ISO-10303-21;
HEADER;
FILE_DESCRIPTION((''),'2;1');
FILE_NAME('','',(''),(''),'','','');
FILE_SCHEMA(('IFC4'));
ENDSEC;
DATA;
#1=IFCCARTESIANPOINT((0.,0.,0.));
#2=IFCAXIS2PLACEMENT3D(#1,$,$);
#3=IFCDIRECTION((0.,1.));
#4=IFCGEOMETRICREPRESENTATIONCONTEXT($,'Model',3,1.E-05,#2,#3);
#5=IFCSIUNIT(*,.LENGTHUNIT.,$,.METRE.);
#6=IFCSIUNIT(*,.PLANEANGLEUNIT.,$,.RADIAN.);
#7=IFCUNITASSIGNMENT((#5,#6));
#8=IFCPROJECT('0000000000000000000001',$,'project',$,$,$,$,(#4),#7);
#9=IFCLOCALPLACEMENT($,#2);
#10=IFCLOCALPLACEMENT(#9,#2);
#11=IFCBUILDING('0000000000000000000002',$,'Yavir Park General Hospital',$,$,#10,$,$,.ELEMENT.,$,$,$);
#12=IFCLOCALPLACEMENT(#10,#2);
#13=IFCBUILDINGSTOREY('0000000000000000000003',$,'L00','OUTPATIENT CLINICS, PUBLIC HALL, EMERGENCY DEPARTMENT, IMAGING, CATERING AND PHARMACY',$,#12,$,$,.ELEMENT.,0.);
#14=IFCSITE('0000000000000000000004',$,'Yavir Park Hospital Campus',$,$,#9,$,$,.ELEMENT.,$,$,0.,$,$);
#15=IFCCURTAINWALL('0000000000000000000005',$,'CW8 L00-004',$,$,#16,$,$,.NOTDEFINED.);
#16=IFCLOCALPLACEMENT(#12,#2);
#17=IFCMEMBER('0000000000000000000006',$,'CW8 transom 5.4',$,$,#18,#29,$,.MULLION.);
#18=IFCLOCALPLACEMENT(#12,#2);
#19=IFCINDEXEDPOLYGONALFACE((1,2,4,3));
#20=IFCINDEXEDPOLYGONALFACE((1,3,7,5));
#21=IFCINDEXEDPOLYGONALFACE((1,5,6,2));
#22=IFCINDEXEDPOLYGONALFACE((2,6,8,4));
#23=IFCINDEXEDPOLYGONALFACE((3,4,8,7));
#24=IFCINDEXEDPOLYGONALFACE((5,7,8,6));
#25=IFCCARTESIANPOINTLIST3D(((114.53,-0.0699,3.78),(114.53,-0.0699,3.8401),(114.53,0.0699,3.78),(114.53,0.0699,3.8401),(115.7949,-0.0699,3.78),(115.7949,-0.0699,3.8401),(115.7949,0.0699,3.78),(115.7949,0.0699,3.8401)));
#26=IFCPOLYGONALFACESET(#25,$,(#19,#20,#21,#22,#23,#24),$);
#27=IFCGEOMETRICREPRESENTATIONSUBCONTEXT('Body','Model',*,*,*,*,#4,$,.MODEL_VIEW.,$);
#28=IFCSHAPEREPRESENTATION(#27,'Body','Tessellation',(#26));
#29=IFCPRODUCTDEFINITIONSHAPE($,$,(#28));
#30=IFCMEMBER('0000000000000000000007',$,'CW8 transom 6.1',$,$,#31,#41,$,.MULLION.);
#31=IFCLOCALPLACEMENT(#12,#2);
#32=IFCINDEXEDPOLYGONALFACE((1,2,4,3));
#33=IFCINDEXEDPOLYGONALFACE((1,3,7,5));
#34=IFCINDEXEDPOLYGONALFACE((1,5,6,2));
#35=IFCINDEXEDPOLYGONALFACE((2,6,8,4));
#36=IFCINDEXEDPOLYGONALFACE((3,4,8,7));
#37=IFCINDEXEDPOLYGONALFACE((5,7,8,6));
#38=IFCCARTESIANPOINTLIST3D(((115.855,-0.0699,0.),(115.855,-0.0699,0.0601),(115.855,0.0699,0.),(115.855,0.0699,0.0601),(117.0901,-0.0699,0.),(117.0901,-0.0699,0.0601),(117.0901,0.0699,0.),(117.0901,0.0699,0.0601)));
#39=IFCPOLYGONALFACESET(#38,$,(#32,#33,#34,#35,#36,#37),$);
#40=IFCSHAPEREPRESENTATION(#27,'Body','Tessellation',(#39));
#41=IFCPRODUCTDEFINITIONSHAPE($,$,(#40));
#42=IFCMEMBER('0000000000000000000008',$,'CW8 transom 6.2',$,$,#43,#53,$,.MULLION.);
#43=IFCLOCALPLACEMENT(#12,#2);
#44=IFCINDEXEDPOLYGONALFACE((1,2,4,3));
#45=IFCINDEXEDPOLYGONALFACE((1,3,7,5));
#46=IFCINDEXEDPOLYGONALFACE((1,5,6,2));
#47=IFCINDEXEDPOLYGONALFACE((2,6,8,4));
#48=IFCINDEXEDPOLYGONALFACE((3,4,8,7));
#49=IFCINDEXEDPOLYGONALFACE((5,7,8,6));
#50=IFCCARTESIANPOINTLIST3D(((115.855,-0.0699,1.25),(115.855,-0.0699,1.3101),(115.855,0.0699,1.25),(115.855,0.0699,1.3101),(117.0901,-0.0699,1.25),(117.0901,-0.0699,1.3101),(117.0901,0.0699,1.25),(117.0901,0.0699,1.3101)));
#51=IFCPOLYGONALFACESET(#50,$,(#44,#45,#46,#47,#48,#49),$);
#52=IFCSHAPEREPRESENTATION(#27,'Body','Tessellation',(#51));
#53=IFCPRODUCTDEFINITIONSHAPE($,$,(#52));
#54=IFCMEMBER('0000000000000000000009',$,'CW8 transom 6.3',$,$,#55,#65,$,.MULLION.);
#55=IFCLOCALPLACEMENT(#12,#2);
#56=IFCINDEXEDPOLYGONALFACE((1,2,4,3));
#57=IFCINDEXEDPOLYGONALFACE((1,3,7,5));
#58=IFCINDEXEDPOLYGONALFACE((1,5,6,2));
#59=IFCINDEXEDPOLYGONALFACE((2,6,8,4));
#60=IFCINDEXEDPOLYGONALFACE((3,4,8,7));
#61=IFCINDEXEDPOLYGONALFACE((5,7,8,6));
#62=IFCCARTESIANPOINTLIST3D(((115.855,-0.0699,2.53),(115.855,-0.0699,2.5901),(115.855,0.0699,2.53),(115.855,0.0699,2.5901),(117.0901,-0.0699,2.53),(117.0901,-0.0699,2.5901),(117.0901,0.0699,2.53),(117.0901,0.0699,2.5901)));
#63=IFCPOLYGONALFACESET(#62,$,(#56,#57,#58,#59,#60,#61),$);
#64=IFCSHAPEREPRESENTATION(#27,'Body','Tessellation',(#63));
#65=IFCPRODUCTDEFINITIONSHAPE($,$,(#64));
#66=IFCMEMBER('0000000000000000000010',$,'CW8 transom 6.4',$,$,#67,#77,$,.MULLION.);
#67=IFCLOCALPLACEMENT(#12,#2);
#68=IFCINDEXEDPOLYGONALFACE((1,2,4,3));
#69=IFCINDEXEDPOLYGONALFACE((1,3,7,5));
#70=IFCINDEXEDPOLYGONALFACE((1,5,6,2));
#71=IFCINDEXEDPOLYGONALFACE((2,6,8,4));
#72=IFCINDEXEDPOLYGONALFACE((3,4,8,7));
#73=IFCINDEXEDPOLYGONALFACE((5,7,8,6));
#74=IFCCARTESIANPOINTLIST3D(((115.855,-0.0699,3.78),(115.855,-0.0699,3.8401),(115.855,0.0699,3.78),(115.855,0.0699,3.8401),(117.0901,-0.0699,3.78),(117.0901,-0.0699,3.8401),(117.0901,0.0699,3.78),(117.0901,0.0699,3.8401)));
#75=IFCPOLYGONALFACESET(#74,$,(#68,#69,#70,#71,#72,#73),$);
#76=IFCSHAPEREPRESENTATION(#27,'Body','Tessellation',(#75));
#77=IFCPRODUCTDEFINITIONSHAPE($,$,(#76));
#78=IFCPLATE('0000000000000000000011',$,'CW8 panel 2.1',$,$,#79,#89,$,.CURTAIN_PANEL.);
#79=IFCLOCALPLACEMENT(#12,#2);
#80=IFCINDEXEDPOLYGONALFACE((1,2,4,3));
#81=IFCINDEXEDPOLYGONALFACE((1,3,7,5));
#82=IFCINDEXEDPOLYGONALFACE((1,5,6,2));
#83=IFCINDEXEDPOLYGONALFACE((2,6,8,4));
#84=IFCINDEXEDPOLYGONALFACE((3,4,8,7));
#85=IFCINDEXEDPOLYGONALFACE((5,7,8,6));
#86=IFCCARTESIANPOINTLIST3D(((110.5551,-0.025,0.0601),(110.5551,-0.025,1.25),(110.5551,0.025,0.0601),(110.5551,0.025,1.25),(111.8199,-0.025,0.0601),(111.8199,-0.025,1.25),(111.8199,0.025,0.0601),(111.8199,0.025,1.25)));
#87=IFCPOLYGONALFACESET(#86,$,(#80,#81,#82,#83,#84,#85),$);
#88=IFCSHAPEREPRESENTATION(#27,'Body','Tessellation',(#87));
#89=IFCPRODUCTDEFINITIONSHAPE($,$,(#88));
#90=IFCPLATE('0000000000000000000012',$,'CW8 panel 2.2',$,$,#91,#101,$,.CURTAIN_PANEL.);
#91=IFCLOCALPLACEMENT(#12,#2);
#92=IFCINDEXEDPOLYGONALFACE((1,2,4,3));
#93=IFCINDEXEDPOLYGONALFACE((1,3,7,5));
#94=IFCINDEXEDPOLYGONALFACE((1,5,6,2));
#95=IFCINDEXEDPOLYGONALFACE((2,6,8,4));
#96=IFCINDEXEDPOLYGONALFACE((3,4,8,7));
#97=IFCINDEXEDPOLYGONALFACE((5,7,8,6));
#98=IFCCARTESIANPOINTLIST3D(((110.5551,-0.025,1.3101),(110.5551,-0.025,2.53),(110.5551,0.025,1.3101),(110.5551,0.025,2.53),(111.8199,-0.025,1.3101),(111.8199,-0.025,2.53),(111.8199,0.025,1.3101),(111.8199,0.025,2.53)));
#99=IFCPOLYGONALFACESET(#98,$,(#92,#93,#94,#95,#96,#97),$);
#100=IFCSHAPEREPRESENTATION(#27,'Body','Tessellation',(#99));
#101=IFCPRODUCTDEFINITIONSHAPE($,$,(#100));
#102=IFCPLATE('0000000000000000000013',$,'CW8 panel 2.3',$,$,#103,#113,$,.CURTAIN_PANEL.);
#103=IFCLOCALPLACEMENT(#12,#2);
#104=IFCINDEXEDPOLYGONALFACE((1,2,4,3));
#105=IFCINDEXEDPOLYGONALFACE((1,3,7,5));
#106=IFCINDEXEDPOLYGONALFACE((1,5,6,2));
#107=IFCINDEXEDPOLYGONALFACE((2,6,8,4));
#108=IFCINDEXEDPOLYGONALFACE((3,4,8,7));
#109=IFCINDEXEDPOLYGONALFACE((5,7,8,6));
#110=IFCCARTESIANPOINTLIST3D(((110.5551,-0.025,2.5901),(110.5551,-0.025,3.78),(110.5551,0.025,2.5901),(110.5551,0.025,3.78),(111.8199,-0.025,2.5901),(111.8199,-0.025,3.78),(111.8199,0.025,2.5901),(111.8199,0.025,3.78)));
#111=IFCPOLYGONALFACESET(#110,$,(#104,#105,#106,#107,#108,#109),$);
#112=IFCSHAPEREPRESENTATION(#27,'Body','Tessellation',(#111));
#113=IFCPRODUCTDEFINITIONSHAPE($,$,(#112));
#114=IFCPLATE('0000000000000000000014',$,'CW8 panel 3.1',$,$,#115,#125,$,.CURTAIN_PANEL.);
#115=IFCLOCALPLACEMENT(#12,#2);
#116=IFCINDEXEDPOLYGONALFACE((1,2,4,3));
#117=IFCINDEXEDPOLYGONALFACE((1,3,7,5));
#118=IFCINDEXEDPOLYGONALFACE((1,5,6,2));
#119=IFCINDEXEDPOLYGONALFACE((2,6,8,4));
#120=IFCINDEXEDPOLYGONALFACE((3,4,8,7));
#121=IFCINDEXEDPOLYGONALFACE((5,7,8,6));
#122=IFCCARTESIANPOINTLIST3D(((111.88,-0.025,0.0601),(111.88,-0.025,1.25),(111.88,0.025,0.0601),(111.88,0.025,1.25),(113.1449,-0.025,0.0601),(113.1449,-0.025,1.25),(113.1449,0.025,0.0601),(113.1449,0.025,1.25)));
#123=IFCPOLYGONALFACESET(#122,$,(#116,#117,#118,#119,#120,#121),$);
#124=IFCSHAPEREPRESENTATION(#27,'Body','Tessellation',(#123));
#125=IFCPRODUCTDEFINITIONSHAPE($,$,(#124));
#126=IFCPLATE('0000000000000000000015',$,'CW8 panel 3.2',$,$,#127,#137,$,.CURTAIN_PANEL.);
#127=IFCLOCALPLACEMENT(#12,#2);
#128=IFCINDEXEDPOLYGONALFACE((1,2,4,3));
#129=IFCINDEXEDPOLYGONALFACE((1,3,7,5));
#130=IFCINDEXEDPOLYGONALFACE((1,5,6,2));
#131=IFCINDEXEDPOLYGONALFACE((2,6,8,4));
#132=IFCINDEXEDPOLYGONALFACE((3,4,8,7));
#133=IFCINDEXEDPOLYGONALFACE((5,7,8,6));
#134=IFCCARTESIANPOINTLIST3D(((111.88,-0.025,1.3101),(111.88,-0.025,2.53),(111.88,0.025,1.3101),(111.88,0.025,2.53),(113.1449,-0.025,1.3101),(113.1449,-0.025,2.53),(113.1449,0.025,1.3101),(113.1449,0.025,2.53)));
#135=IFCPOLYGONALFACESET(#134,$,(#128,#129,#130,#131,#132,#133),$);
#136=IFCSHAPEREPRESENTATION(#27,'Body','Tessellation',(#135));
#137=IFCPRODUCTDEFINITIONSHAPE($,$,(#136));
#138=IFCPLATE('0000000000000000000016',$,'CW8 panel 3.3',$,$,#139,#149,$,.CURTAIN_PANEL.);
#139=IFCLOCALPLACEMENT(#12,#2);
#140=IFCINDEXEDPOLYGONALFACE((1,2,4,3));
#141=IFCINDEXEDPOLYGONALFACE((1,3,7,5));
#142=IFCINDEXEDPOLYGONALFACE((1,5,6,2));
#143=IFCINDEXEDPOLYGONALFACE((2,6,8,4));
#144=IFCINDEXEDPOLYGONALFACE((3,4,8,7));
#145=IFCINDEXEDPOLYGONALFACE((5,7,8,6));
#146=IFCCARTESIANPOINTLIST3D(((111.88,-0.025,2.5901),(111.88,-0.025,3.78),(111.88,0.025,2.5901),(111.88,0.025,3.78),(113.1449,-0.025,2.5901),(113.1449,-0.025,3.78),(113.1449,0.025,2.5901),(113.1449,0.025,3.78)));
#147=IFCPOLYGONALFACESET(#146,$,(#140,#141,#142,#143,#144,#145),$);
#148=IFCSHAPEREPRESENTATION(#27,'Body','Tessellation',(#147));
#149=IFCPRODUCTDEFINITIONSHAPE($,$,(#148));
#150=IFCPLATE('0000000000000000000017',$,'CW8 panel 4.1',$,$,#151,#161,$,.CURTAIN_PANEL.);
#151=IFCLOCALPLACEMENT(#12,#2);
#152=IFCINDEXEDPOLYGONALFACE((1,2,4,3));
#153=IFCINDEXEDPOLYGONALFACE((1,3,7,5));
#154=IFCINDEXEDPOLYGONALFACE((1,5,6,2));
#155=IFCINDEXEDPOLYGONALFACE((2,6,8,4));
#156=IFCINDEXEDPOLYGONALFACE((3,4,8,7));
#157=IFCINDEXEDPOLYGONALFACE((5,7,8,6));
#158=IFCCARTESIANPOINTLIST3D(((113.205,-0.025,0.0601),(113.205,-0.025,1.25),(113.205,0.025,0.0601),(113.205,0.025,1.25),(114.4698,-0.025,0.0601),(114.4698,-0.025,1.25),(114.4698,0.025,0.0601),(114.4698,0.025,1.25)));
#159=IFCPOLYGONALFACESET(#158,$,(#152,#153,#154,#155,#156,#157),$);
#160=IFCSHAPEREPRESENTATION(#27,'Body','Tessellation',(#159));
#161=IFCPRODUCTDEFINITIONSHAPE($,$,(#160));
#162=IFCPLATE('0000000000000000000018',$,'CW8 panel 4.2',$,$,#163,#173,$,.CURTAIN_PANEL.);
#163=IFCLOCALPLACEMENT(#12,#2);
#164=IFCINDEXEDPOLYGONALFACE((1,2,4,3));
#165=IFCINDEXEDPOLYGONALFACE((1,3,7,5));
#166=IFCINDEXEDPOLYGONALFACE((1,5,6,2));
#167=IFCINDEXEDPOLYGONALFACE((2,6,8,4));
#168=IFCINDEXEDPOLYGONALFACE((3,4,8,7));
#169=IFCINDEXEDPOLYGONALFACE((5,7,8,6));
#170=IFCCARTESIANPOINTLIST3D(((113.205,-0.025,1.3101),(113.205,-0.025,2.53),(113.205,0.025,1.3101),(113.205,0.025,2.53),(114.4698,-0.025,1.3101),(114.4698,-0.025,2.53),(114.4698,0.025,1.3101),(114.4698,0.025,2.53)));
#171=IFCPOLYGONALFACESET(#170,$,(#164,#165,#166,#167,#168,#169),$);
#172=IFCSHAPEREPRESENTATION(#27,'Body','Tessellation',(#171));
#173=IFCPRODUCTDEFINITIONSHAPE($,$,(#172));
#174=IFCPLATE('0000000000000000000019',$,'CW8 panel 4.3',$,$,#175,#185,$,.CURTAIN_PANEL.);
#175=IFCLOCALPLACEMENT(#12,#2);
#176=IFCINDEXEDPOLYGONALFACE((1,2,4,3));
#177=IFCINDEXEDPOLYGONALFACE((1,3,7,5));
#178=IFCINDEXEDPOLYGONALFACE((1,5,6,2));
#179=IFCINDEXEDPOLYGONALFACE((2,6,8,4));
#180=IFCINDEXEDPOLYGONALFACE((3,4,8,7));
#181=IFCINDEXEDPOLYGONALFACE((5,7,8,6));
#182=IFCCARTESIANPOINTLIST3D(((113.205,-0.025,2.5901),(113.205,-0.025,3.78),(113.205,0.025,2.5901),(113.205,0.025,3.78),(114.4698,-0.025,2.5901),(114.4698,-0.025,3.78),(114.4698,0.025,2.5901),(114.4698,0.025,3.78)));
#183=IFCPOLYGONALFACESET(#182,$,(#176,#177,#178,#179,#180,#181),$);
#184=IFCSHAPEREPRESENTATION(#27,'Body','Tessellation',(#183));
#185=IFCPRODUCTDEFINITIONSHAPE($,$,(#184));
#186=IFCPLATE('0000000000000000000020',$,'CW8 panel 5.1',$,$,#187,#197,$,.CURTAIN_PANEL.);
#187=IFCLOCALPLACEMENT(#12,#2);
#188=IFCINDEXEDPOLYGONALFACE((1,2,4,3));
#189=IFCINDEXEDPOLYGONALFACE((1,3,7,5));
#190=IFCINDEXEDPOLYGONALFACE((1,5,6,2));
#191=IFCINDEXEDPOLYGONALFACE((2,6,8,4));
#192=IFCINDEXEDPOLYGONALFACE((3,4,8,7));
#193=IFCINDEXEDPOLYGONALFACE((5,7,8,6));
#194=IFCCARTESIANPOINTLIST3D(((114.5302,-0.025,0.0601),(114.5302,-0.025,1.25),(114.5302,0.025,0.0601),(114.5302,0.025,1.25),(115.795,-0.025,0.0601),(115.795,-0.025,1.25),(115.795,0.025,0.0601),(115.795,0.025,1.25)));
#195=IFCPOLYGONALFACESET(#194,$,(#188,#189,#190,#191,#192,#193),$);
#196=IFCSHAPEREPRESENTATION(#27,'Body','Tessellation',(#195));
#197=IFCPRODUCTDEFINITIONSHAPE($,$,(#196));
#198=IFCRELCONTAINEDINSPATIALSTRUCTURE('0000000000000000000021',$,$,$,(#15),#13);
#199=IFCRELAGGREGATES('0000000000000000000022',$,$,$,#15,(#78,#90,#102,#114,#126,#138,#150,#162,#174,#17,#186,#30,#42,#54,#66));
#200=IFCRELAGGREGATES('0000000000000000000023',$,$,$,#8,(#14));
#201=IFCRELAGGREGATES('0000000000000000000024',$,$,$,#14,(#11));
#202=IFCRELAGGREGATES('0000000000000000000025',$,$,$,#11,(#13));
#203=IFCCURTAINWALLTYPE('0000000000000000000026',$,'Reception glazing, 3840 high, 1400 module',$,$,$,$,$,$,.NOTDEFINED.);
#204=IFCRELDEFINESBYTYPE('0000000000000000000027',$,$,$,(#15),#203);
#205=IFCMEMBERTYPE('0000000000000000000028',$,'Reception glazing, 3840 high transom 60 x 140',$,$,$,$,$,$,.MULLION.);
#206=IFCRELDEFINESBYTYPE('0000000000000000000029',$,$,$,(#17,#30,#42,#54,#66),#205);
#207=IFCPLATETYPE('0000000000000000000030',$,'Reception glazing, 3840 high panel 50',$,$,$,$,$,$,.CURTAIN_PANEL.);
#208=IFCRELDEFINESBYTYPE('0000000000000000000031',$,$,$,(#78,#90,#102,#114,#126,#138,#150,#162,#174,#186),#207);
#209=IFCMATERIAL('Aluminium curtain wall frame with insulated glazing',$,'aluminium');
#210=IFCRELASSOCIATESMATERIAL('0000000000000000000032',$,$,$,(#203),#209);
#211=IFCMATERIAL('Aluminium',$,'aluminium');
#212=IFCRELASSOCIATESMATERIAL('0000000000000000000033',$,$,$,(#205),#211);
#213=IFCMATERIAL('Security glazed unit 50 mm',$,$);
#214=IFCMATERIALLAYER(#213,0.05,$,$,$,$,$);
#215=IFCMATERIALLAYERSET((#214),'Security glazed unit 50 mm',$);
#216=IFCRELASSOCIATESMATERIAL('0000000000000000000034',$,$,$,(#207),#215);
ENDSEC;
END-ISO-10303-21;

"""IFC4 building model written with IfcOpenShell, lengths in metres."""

from ifc_helpers import new_model, si_unit, direction, frame, origin, origin_2d, place, context, subcontext, project, spatial, rectangle, extrude, material, layer, layer_set, material_profile, profile_set, type_object, element, aggregate, save


model = new_model("IFC4")

# Units and contexts
model_context = context("Model", 3, precision=1e-05, world=origin(), true_north=direction((0.0, 1.0)))
body_context = subcontext(model_context, "Body", "Model", "MODEL_VIEW")
ifc_project = project(units=[si_unit("LENGTHUNIT", "METRE"), si_unit("PLANEANGLEUNIT", "RADIAN")], contexts=[model_context])

# Site, building, storey
site_placement = place(None, origin())
site = spatial("IfcSite", under=ifc_project, at=site_placement, Name="Yavir Park Hospital Campus", CompositionType="ELEMENT", RefElevation=0.0)
building_placement = place(site_placement, origin())
building = spatial("IfcBuilding", under=site, at=building_placement, Name="Yavir Park General Hospital", CompositionType="ELEMENT")
storey_placement = place(building_placement, origin())
storey = spatial("IfcBuildingStorey", under=building, at=storey_placement, Name="L00", Description="OUTPATIENT CLINICS, PUBLIC HALL, EMERGENCY DEPARTMENT, IMAGING, CATERING AND PHARMACY", CompositionType="ELEMENT", Elevation=0.0)

# Curtain wall, members, plates
ifc_material_1 = material(Name="Aluminium curtain wall frame with insulated glazing", Category="aluminium")
curtain_wall_type = type_object("IfcCurtainWallType", Name="Reception glazing, 3840 high, 1400 module", PredefinedType="NOTDEFINED", material=ifc_material_1)
curtain_wall_placement = place(storey_placement, origin())
curtain_wall = element("IfcCurtainWall", 1, at=curtain_wall_placement, inside=storey, type_object=curtain_wall_type, Name="CW8 L00-004", PredefinedType="NOTDEFINED")
ifc_material_2 = material(Name="Aluminium", Category="aluminium")
ifc_material_profile_1 = material_profile(ifc_material_2, rectangle(XDim=0.1399, YDim=0.0601, at=origin_2d()), Name="AL 140x60")
ifc_profile_set_1 = profile_set([ifc_material_profile_1], Name="Aluminium")
member_type_1 = type_object("IfcMemberType", Name="Reception glazing, 3840 high transom 60 x 140", PredefinedType="MULLION", material=ifc_profile_set_1)
member_1_placement = place(storey_placement, frame((114.53, 0.0, 3.8101), z_axis=(1.0, 0.0, 0.0), x_axis=(0.0, 1.0, 0.0)))
member_1 = element("IfcMember", 2, at=member_1_placement, type_object=member_type_1, Name="CW8 transom 5.4", PredefinedType="MULLION", context=body_context, shape_type="SweptSolid", body=[
    extrude(rectangle(XDim=0.1399, YDim=0.0601, at=origin_2d()), origin(), (0.0, 0.0, 1.0), 1.2649),
])
member_2_placement = place(storey_placement, frame((115.855, 0.0, 0.03), z_axis=(1.0, 0.0, 0.0), x_axis=(0.0, 1.0, 0.0)))
member_2 = element("IfcMember", 3, at=member_2_placement, type_object=member_type_1, Name="CW8 transom 6.1", PredefinedType="MULLION", context=body_context, shape_type="SweptSolid", body=[
    extrude(rectangle(XDim=0.1399, YDim=0.0601, at=origin_2d()), origin(), (0.0, 0.0, 1.0), 1.2351),
])
member_3_placement = place(storey_placement, frame((115.855, 0.0, 1.28), z_axis=(1.0, 0.0, 0.0), x_axis=(0.0, 1.0, 0.0)))
member_3 = element("IfcMember", 4, at=member_3_placement, type_object=member_type_1, Name="CW8 transom 6.2", PredefinedType="MULLION", context=body_context, shape_type="SweptSolid", body=[
    extrude(rectangle(XDim=0.1399, YDim=0.0601, at=origin_2d()), origin(), (0.0, 0.0, 1.0), 1.2351),
])
member_4_placement = place(storey_placement, frame((115.855, 0.0, 2.5601), z_axis=(1.0, 0.0, 0.0), x_axis=(0.0, 1.0, 0.0)))
member_4 = element("IfcMember", 5, at=member_4_placement, type_object=member_type_1, Name="CW8 transom 6.3", PredefinedType="MULLION", context=body_context, shape_type="SweptSolid", body=[
    extrude(rectangle(XDim=0.1399, YDim=0.0601, at=origin_2d()), origin(), (0.0, 0.0, 1.0), 1.2351),
])
member_5_placement = place(storey_placement, frame((115.855, 0.0, 3.8101), z_axis=(1.0, 0.0, 0.0), x_axis=(0.0, 1.0, 0.0)))
member_5 = element("IfcMember", 6, at=member_5_placement, type_object=member_type_1, Name="CW8 transom 6.4", PredefinedType="MULLION", context=body_context, shape_type="SweptSolid", body=[
    extrude(rectangle(XDim=0.1399, YDim=0.0601, at=origin_2d()), origin(), (0.0, 0.0, 1.0), 1.2351),
])
ifc_material_3 = material(Name="Security glazed unit 50 mm")
ifc_layer_1 = layer(ifc_material_3, 0.05)
ifc_layer_set_1 = layer_set([ifc_layer_1], Name="Security glazed unit 50 mm")
plate_type = type_object("IfcPlateType", Name="Reception glazing, 3840 high panel 50", PredefinedType="CURTAIN_PANEL", material=ifc_layer_set_1)
plate_1_placement = place(storey_placement, frame((111.1875, 0.0, 0.0601), z_axis=(0.0, 0.0, 1.0), x_axis=(1.0, 0.0, 0.0)))
plate_1 = element("IfcPlate", 7, at=plate_1_placement, type_object=plate_type, Name="CW8 panel 2.1", PredefinedType="CURTAIN_PANEL", context=body_context, shape_type="SweptSolid", body=[
    extrude(rectangle(XDim=1.2649, YDim=0.05, at=origin_2d()), origin(), (0.0, 0.0, 1.0), 1.1899),
])
plate_2_placement = place(storey_placement, frame((111.1875, 0.0, 1.3101), z_axis=(0.0, 0.0, 1.0), x_axis=(1.0, 0.0, 0.0)))
plate_2 = element("IfcPlate", 8, at=plate_2_placement, type_object=plate_type, Name="CW8 panel 2.2", PredefinedType="CURTAIN_PANEL", context=body_context, shape_type="SweptSolid", body=[
    extrude(rectangle(XDim=1.2649, YDim=0.05, at=origin_2d()), origin(), (0.0, 0.0, 1.0), 1.22),
])
plate_3_placement = place(storey_placement, frame((111.1875, 0.0, 2.5901), z_axis=(0.0, 0.0, 1.0), x_axis=(1.0, 0.0, 0.0)))
plate_3 = element("IfcPlate", 9, at=plate_3_placement, type_object=plate_type, Name="CW8 panel 2.3", PredefinedType="CURTAIN_PANEL", context=body_context, shape_type="SweptSolid", body=[
    extrude(rectangle(XDim=1.2649, YDim=0.05, at=origin_2d()), origin(), (0.0, 0.0, 1.0), 1.1899),
])
plate_4_placement = place(storey_placement, frame((112.5125, 0.0, 0.0601), z_axis=(0.0, 0.0, 1.0), x_axis=(1.0, 0.0, 0.0)))
plate_4 = element("IfcPlate", 10, at=plate_4_placement, type_object=plate_type, Name="CW8 panel 3.1", PredefinedType="CURTAIN_PANEL", context=body_context, shape_type="SweptSolid", body=[
    extrude(rectangle(XDim=1.2649, YDim=0.05, at=origin_2d()), origin(), (0.0, 0.0, 1.0), 1.1899),
])
plate_5_placement = place(storey_placement, frame((112.5125, 0.0, 1.3101), z_axis=(0.0, 0.0, 1.0), x_axis=(1.0, 0.0, 0.0)))
plate_5 = element("IfcPlate", 11, at=plate_5_placement, type_object=plate_type, Name="CW8 panel 3.2", PredefinedType="CURTAIN_PANEL", context=body_context, shape_type="SweptSolid", body=[
    extrude(rectangle(XDim=1.2649, YDim=0.05, at=origin_2d()), origin(), (0.0, 0.0, 1.0), 1.22),
])
plate_6_placement = place(storey_placement, frame((112.5125, 0.0, 2.5901), z_axis=(0.0, 0.0, 1.0), x_axis=(1.0, 0.0, 0.0)))
plate_6 = element("IfcPlate", 12, at=plate_6_placement, type_object=plate_type, Name="CW8 panel 3.3", PredefinedType="CURTAIN_PANEL", context=body_context, shape_type="SweptSolid", body=[
    extrude(rectangle(XDim=1.2649, YDim=0.05, at=origin_2d()), origin(), (0.0, 0.0, 1.0), 1.1899),
])
plate_7_placement = place(storey_placement, frame((113.8374, 0.0, 0.0601), z_axis=(0.0, 0.0, 1.0), x_axis=(1.0, 0.0, 0.0)))
plate_7 = element("IfcPlate", 13, at=plate_7_placement, type_object=plate_type, Name="CW8 panel 4.1", PredefinedType="CURTAIN_PANEL", context=body_context, shape_type="SweptSolid", body=[
    extrude(rectangle(XDim=1.2649, YDim=0.05, at=origin_2d()), origin(), (0.0, 0.0, 1.0), 1.1899),
])
plate_8_placement = place(storey_placement, frame((113.8374, 0.0, 1.3101), z_axis=(0.0, 0.0, 1.0), x_axis=(1.0, 0.0, 0.0)))
plate_8 = element("IfcPlate", 14, at=plate_8_placement, type_object=plate_type, Name="CW8 panel 4.2", PredefinedType="CURTAIN_PANEL", context=body_context, shape_type="SweptSolid", body=[
    extrude(rectangle(XDim=1.2649, YDim=0.05, at=origin_2d()), origin(), (0.0, 0.0, 1.0), 1.22),
])
plate_9_placement = place(storey_placement, frame((113.8374, 0.0, 2.5901), z_axis=(0.0, 0.0, 1.0), x_axis=(1.0, 0.0, 0.0)))
plate_9 = element("IfcPlate", 15, at=plate_9_placement, type_object=plate_type, Name="CW8 panel 4.3", PredefinedType="CURTAIN_PANEL", context=body_context, shape_type="SweptSolid", body=[
    extrude(rectangle(XDim=1.2649, YDim=0.05, at=origin_2d()), origin(), (0.0, 0.0, 1.0), 1.1899),
])
plate_10_placement = place(storey_placement, frame((115.1626, 0.0, 0.0601), z_axis=(0.0, 0.0, 1.0), x_axis=(1.0, 0.0, 0.0)))
plate_10 = element("IfcPlate", 16, at=plate_10_placement, type_object=plate_type, Name="CW8 panel 5.1", PredefinedType="CURTAIN_PANEL", context=body_context, shape_type="SweptSolid", body=[
    extrude(rectangle(XDim=1.2649, YDim=0.05, at=origin_2d()), origin(), (0.0, 0.0, 1.0), 1.1899),
])
aggregate(curtain_wall, [plate_1, plate_2, plate_3, plate_4, plate_5, plate_6, plate_7, plate_8, plate_9, member_1, plate_10, member_2, member_3, member_4, member_5])

save(model, "model.ifc")
